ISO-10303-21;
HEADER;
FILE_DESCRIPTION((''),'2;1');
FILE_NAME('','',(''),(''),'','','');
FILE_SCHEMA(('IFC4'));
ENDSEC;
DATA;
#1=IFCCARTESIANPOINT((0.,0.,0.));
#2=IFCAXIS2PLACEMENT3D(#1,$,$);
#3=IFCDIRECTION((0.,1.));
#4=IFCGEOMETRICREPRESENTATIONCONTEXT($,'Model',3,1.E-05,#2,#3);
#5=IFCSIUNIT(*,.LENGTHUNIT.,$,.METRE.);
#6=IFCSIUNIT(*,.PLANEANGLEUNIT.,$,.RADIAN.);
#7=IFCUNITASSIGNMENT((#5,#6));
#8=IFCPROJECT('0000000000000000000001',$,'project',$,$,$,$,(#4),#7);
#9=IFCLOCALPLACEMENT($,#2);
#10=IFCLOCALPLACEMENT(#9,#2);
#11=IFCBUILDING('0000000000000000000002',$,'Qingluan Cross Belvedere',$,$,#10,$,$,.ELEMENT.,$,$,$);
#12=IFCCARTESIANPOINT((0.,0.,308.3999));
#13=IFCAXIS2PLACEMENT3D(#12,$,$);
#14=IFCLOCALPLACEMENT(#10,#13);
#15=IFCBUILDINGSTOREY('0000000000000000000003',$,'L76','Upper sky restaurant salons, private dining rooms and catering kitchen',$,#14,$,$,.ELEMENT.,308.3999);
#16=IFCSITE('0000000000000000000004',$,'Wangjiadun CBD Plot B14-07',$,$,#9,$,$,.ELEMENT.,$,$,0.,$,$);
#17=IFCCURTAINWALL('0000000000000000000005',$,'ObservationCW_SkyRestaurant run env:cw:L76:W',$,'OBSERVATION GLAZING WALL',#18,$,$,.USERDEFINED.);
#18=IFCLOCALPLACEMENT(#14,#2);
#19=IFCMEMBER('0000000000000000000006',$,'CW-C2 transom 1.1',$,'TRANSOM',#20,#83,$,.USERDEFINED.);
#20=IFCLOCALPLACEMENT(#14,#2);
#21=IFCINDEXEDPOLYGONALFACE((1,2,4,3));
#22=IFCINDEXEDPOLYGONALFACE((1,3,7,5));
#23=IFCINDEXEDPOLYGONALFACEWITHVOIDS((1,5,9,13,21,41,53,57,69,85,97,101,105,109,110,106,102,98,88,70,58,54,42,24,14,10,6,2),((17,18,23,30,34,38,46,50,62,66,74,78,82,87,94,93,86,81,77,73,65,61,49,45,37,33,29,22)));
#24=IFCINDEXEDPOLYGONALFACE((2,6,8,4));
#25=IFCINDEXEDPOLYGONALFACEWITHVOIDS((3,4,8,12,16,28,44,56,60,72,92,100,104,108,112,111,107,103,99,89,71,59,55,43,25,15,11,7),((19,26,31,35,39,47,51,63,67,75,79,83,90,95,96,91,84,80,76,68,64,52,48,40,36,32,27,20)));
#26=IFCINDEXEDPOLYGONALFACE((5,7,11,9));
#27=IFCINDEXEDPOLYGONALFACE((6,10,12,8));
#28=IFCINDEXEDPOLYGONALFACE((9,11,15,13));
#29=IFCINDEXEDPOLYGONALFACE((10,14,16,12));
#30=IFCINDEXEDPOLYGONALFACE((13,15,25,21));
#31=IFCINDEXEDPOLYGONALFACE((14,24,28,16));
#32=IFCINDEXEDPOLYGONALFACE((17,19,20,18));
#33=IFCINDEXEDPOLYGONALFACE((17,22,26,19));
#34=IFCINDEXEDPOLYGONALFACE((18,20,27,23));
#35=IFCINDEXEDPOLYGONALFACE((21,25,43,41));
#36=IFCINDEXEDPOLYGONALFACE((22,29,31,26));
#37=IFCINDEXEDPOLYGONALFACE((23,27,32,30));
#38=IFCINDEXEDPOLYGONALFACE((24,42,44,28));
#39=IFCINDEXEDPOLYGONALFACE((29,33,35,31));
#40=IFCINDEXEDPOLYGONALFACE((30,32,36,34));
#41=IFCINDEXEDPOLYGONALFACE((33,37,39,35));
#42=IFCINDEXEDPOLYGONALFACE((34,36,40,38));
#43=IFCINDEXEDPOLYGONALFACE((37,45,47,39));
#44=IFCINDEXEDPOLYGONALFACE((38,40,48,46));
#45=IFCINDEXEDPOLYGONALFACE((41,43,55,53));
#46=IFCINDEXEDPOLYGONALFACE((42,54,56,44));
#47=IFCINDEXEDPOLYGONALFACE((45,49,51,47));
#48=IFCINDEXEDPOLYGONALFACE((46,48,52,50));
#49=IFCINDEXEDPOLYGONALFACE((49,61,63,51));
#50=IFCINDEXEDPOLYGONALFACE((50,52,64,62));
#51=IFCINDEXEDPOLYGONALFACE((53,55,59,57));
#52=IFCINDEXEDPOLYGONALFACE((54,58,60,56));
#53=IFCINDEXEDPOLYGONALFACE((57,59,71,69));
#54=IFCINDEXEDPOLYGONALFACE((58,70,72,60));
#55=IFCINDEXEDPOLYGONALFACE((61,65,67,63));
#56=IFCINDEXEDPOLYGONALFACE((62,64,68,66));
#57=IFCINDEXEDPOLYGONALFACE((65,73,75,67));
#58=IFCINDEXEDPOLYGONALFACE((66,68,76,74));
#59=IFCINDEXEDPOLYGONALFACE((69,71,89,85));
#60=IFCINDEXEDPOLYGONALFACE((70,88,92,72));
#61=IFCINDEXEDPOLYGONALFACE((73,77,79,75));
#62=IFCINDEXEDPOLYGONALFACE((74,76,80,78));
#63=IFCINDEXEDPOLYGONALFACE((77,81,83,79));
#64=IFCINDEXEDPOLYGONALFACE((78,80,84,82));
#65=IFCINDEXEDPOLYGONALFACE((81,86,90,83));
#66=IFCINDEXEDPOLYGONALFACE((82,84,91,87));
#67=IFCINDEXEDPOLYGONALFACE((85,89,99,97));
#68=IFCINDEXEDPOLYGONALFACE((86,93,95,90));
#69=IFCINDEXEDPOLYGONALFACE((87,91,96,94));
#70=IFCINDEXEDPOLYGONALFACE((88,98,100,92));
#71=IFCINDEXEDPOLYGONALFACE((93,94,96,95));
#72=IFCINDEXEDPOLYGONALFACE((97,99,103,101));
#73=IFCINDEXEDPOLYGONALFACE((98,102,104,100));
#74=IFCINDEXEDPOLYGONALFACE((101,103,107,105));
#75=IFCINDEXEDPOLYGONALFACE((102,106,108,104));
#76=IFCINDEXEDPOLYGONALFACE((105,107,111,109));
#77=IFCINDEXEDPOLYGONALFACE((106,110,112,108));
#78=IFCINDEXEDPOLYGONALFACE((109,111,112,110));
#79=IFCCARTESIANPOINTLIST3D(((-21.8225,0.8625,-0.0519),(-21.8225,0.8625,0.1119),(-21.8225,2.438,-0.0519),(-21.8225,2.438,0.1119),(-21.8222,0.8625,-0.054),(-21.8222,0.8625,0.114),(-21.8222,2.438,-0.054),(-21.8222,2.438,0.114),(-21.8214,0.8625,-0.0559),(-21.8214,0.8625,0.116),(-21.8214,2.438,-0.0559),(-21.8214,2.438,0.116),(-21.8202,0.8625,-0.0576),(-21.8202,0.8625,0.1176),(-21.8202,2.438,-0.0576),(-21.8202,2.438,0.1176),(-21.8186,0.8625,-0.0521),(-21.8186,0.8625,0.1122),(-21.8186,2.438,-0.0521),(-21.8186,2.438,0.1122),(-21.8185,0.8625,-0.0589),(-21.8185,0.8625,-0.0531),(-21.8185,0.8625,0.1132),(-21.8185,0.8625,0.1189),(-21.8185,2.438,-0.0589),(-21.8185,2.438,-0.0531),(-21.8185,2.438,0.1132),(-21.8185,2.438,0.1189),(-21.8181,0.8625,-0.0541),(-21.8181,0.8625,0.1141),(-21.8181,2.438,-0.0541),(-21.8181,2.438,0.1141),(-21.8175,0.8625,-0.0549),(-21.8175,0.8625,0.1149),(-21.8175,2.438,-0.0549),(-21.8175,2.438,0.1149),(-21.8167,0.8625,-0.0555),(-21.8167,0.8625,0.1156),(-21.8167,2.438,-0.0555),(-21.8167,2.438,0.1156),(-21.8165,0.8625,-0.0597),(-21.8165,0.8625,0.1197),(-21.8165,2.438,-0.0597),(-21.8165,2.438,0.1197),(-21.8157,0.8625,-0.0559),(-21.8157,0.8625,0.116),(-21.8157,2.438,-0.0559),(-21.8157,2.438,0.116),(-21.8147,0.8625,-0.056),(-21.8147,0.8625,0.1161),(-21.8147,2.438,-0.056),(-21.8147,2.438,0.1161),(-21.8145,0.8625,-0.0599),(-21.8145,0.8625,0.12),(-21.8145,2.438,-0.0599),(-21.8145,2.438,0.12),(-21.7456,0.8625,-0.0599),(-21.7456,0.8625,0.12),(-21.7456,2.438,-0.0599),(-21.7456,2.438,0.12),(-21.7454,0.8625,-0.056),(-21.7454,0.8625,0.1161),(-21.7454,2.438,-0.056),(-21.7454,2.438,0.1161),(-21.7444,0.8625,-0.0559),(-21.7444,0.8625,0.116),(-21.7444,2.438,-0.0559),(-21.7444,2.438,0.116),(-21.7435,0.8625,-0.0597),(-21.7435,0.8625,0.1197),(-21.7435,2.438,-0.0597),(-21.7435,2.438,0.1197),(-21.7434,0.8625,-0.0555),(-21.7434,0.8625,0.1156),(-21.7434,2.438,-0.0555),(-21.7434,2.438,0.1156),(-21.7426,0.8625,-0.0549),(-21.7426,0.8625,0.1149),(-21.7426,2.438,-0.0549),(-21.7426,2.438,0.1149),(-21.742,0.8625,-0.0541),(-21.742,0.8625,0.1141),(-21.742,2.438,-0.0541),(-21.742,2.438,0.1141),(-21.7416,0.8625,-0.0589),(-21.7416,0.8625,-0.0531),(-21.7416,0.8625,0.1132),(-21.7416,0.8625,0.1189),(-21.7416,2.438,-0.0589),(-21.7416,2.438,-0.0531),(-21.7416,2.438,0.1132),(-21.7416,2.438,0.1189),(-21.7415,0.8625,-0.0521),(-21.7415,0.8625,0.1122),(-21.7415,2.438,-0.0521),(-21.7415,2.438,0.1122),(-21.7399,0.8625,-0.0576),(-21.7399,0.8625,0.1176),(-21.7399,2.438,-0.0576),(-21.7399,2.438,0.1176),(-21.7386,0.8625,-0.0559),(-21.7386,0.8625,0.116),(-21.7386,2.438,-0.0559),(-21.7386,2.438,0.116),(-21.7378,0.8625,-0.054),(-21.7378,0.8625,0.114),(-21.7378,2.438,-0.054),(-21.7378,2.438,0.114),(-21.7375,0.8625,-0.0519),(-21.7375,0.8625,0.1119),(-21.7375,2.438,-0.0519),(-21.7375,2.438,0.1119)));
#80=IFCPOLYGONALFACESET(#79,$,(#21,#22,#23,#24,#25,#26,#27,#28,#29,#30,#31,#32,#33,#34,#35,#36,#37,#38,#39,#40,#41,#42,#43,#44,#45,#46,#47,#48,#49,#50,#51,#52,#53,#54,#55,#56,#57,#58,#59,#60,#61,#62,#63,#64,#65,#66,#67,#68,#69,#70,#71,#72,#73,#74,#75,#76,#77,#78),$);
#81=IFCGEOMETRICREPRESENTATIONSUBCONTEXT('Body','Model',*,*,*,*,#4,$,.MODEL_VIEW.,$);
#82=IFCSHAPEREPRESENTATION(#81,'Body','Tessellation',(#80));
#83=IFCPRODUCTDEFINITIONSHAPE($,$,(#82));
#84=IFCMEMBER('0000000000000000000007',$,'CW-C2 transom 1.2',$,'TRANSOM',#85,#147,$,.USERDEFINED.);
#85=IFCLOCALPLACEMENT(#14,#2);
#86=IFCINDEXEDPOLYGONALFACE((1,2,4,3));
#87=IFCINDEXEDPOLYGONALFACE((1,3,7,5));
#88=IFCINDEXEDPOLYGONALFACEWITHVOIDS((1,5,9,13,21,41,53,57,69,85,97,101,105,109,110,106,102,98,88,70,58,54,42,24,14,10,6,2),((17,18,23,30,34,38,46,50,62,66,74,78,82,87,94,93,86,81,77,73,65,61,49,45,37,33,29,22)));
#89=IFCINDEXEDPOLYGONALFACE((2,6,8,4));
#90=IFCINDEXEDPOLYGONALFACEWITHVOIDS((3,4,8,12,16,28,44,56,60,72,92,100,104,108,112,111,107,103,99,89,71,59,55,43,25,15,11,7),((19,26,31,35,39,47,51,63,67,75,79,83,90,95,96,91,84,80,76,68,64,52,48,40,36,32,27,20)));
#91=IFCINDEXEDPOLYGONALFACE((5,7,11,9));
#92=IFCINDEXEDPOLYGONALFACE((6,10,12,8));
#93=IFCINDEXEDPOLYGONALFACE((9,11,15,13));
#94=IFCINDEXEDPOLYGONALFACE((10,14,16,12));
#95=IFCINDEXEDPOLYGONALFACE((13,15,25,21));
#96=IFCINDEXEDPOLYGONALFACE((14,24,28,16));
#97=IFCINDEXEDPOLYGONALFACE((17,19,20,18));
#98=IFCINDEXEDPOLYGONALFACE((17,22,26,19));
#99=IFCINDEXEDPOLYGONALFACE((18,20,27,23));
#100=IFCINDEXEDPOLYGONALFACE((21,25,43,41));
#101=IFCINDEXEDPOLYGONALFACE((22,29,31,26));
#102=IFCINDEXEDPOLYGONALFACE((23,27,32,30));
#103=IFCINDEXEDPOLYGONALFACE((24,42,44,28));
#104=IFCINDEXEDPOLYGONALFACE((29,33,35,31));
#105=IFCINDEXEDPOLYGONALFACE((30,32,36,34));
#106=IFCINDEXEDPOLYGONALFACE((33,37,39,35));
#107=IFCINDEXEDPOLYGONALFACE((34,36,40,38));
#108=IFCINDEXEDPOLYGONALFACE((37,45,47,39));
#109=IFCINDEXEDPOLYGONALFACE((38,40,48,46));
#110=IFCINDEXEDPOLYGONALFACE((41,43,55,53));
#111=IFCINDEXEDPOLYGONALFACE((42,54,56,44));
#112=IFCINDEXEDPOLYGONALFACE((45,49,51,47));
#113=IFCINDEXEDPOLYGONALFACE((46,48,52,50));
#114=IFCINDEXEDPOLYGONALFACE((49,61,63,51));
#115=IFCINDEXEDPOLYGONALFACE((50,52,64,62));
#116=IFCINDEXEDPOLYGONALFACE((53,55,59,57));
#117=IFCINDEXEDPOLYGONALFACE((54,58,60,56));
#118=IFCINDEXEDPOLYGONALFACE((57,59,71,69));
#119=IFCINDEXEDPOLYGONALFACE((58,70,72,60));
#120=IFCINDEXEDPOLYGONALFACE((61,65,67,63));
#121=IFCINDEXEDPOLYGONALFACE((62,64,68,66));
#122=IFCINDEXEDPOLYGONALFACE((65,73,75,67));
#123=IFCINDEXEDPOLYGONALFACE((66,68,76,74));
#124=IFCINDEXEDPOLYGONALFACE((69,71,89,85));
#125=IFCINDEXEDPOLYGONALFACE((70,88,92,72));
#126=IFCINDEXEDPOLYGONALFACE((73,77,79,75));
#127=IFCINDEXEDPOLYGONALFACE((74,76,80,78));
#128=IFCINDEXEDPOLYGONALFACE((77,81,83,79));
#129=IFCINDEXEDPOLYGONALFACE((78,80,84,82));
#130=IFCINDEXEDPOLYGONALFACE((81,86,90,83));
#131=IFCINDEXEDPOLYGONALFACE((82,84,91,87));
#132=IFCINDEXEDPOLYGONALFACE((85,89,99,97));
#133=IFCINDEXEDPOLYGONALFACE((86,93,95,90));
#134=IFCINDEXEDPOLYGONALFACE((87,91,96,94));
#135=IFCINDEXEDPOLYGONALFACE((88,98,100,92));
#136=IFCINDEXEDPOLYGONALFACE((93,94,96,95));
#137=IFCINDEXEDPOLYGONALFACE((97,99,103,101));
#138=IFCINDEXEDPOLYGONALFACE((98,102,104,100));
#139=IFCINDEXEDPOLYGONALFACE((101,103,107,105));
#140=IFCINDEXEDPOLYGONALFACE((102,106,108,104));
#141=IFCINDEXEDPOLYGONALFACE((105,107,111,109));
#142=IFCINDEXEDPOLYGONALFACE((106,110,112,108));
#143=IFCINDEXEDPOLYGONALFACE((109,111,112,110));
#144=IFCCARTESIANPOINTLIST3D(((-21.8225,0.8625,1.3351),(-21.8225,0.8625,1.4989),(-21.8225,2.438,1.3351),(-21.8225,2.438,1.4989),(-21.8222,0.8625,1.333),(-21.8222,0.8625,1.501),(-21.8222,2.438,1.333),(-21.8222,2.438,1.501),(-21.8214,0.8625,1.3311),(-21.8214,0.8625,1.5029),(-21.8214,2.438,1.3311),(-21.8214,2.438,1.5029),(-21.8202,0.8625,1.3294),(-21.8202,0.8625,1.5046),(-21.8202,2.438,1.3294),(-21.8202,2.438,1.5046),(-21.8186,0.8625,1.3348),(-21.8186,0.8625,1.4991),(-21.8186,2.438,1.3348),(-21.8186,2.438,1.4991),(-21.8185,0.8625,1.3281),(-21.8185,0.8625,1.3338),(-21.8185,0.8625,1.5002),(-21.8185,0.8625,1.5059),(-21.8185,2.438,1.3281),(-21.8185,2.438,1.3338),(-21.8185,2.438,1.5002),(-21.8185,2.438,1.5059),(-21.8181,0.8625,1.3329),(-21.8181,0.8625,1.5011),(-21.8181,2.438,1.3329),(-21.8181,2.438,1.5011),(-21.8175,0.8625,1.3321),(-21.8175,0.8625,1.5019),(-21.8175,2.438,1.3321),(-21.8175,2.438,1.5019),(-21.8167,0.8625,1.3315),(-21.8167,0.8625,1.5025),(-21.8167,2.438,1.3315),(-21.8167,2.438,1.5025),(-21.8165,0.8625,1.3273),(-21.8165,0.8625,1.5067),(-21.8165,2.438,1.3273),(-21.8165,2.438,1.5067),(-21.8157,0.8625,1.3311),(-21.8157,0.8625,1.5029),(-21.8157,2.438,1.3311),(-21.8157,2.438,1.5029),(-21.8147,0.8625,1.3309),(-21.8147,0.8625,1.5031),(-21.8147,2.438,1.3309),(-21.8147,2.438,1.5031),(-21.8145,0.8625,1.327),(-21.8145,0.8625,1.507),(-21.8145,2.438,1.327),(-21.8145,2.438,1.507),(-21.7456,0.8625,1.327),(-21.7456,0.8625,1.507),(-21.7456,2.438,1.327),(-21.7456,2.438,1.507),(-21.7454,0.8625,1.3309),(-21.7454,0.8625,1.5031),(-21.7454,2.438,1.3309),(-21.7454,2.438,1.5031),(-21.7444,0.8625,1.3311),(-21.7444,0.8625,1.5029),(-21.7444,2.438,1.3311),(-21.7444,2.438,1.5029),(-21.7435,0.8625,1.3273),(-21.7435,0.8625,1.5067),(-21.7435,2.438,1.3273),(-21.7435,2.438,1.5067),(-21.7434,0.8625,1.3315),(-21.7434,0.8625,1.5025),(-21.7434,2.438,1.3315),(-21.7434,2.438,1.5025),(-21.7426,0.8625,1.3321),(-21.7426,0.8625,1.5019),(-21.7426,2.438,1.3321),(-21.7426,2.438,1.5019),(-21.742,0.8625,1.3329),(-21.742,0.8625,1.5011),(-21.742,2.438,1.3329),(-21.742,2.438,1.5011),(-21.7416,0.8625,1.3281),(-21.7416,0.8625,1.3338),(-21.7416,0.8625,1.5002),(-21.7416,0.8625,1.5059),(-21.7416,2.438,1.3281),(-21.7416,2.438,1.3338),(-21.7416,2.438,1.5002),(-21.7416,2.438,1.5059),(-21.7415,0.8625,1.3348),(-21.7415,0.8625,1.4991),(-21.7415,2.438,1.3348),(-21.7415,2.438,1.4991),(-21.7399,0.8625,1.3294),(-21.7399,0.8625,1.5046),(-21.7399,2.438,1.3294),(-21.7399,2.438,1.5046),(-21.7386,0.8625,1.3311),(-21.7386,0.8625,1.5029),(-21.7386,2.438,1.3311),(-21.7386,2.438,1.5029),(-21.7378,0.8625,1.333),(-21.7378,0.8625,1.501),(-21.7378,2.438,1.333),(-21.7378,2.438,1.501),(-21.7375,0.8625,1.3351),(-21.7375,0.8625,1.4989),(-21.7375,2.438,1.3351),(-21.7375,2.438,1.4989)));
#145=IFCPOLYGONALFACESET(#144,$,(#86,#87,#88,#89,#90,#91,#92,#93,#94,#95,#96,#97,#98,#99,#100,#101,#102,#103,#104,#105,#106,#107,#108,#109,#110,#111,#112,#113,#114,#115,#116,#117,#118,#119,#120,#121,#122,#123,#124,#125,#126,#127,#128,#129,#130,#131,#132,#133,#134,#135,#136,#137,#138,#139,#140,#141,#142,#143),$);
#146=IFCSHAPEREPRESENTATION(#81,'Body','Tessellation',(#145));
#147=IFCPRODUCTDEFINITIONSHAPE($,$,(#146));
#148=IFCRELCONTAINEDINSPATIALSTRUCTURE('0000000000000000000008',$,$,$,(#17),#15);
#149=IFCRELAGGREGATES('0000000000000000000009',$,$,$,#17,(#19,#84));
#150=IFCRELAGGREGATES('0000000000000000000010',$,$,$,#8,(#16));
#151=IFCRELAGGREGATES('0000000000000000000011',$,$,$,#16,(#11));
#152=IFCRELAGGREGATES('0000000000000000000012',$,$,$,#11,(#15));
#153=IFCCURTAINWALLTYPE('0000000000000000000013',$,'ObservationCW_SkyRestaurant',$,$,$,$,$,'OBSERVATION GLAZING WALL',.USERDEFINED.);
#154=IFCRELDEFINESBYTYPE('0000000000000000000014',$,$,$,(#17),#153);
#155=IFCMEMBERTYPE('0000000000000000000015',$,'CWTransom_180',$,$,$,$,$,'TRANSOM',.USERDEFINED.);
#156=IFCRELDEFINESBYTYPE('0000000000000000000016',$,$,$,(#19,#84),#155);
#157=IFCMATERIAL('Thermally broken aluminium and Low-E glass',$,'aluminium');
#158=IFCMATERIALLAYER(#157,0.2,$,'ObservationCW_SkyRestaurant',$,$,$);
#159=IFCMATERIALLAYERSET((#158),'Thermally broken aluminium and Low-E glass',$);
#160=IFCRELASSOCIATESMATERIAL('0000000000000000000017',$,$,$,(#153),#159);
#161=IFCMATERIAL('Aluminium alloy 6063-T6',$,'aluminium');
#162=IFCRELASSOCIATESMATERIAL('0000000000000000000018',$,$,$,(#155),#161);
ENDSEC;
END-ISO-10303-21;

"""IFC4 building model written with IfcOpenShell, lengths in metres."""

from ifc_helpers import new_model, si_unit, direction, frame, origin, origin_2d, place, context, subcontext, project, spatial, hollow_rectangle, extrude, material, layer, layer_set, material_profile, profile_set, type_object, element, aggregate, save


model = new_model("IFC4")

# Units and contexts
model_context = context("Model", 3, precision=1e-05, world=origin(), true_north=direction((0.0, 1.0)))
body_context = subcontext(model_context, "Body", "Model", "MODEL_VIEW")
ifc_project = project(units=[si_unit("LENGTHUNIT", "METRE"), si_unit("PLANEANGLEUNIT", "RADIAN")], contexts=[model_context])

# Site, building, storey
site_placement = place(None, origin())
site = spatial("IfcSite", under=ifc_project, at=site_placement, Name="Wangjiadun CBD Plot B14-07", CompositionType="ELEMENT", RefElevation=0.0)
building_placement = place(site_placement, origin())
building = spatial("IfcBuilding", under=site, at=building_placement, Name="Qingluan Cross Belvedere", CompositionType="ELEMENT")
storey_placement = place(building_placement, frame((0.0, 0.0, 308.3999)))
storey = spatial("IfcBuildingStorey", under=building, at=storey_placement, Name="L76", Description="Upper sky restaurant salons, private dining rooms and catering kitchen", CompositionType="ELEMENT", Elevation=308.3999)

# Curtain wall, members
ifc_material_1 = material(Name="Thermally broken aluminium and Low-E glass", Category="aluminium")
ifc_layer_1 = layer(ifc_material_1, 0.2, Name="ObservationCW_SkyRestaurant")
ifc_layer_set_1 = layer_set([ifc_layer_1], Name="Thermally broken aluminium and Low-E glass")
curtain_wall_type = type_object("IfcCurtainWallType", Name="ObservationCW_SkyRestaurant", ElementType="OBSERVATION GLAZING WALL", PredefinedType="USERDEFINED", material=ifc_layer_set_1)
curtain_wall_placement = place(storey_placement, origin())
curtain_wall = element("IfcCurtainWall", 1, at=curtain_wall_placement, inside=storey, type_object=curtain_wall_type, Name="ObservationCW_SkyRestaurant run env:cw:L76:W", ObjectType="OBSERVATION GLAZING WALL", PredefinedType="USERDEFINED")
ifc_material_2 = material(Name="Aluminium alloy 6063-T6", Category="aluminium")
ifc_material_profile_1 = material_profile(ifc_material_2, hollow_rectangle(XDim=0.085, YDim=0.1799, WallThickness=0.0039, InnerFilletRadius=0.0039, OuterFilletRadius=0.0081, at=origin_2d()), Name="CWT180x85x4")
ifc_profile_set_1 = profile_set([ifc_material_profile_1], Name="Aluminium alloy 6063-T6")
member_type_1 = type_object("IfcMemberType", Name="CWTransom_180", ElementType="TRANSOM", PredefinedType="USERDEFINED", material=ifc_profile_set_1)
member_1_placement = place(storey_placement, frame((-21.78, 2.438, 0.03), z_axis=(0.0, -1.0, 0.0), x_axis=(1.0, 0.0, 0.0)))
member_1 = element("IfcMember", 2, at=member_1_placement, type_object=member_type_1, Name="CW-C2 transom 1.1", ObjectType="TRANSOM", PredefinedType="USERDEFINED", context=body_context, shape_type="SweptSolid", body=[
    extrude(hollow_rectangle(XDim=0.085, YDim=0.1799, WallThickness=0.0039, InnerFilletRadius=0.0039, OuterFilletRadius=0.0081, at=origin_2d()), origin(), (0.0, 0.0, 1.0), 1.5754),
])
member_2_placement = place(storey_placement, frame((-21.78, 2.438, 1.417), z_axis=(0.0, -1.0, 0.0), x_axis=(1.0, 0.0, 0.0)))
member_2 = element("IfcMember", 3, at=member_2_placement, type_object=member_type_1, Name="CW-C2 transom 1.2", ObjectType="TRANSOM", PredefinedType="USERDEFINED", context=body_context, shape_type="SweptSolid", body=[
    extrude(hollow_rectangle(XDim=0.085, YDim=0.1799, WallThickness=0.0039, InnerFilletRadius=0.0039, OuterFilletRadius=0.0081, at=origin_2d()), origin(), (0.0, 0.0, 1.0), 1.5754),
])
aggregate(curtain_wall, [member_1, member_2])

save(model, "model.ifc")
